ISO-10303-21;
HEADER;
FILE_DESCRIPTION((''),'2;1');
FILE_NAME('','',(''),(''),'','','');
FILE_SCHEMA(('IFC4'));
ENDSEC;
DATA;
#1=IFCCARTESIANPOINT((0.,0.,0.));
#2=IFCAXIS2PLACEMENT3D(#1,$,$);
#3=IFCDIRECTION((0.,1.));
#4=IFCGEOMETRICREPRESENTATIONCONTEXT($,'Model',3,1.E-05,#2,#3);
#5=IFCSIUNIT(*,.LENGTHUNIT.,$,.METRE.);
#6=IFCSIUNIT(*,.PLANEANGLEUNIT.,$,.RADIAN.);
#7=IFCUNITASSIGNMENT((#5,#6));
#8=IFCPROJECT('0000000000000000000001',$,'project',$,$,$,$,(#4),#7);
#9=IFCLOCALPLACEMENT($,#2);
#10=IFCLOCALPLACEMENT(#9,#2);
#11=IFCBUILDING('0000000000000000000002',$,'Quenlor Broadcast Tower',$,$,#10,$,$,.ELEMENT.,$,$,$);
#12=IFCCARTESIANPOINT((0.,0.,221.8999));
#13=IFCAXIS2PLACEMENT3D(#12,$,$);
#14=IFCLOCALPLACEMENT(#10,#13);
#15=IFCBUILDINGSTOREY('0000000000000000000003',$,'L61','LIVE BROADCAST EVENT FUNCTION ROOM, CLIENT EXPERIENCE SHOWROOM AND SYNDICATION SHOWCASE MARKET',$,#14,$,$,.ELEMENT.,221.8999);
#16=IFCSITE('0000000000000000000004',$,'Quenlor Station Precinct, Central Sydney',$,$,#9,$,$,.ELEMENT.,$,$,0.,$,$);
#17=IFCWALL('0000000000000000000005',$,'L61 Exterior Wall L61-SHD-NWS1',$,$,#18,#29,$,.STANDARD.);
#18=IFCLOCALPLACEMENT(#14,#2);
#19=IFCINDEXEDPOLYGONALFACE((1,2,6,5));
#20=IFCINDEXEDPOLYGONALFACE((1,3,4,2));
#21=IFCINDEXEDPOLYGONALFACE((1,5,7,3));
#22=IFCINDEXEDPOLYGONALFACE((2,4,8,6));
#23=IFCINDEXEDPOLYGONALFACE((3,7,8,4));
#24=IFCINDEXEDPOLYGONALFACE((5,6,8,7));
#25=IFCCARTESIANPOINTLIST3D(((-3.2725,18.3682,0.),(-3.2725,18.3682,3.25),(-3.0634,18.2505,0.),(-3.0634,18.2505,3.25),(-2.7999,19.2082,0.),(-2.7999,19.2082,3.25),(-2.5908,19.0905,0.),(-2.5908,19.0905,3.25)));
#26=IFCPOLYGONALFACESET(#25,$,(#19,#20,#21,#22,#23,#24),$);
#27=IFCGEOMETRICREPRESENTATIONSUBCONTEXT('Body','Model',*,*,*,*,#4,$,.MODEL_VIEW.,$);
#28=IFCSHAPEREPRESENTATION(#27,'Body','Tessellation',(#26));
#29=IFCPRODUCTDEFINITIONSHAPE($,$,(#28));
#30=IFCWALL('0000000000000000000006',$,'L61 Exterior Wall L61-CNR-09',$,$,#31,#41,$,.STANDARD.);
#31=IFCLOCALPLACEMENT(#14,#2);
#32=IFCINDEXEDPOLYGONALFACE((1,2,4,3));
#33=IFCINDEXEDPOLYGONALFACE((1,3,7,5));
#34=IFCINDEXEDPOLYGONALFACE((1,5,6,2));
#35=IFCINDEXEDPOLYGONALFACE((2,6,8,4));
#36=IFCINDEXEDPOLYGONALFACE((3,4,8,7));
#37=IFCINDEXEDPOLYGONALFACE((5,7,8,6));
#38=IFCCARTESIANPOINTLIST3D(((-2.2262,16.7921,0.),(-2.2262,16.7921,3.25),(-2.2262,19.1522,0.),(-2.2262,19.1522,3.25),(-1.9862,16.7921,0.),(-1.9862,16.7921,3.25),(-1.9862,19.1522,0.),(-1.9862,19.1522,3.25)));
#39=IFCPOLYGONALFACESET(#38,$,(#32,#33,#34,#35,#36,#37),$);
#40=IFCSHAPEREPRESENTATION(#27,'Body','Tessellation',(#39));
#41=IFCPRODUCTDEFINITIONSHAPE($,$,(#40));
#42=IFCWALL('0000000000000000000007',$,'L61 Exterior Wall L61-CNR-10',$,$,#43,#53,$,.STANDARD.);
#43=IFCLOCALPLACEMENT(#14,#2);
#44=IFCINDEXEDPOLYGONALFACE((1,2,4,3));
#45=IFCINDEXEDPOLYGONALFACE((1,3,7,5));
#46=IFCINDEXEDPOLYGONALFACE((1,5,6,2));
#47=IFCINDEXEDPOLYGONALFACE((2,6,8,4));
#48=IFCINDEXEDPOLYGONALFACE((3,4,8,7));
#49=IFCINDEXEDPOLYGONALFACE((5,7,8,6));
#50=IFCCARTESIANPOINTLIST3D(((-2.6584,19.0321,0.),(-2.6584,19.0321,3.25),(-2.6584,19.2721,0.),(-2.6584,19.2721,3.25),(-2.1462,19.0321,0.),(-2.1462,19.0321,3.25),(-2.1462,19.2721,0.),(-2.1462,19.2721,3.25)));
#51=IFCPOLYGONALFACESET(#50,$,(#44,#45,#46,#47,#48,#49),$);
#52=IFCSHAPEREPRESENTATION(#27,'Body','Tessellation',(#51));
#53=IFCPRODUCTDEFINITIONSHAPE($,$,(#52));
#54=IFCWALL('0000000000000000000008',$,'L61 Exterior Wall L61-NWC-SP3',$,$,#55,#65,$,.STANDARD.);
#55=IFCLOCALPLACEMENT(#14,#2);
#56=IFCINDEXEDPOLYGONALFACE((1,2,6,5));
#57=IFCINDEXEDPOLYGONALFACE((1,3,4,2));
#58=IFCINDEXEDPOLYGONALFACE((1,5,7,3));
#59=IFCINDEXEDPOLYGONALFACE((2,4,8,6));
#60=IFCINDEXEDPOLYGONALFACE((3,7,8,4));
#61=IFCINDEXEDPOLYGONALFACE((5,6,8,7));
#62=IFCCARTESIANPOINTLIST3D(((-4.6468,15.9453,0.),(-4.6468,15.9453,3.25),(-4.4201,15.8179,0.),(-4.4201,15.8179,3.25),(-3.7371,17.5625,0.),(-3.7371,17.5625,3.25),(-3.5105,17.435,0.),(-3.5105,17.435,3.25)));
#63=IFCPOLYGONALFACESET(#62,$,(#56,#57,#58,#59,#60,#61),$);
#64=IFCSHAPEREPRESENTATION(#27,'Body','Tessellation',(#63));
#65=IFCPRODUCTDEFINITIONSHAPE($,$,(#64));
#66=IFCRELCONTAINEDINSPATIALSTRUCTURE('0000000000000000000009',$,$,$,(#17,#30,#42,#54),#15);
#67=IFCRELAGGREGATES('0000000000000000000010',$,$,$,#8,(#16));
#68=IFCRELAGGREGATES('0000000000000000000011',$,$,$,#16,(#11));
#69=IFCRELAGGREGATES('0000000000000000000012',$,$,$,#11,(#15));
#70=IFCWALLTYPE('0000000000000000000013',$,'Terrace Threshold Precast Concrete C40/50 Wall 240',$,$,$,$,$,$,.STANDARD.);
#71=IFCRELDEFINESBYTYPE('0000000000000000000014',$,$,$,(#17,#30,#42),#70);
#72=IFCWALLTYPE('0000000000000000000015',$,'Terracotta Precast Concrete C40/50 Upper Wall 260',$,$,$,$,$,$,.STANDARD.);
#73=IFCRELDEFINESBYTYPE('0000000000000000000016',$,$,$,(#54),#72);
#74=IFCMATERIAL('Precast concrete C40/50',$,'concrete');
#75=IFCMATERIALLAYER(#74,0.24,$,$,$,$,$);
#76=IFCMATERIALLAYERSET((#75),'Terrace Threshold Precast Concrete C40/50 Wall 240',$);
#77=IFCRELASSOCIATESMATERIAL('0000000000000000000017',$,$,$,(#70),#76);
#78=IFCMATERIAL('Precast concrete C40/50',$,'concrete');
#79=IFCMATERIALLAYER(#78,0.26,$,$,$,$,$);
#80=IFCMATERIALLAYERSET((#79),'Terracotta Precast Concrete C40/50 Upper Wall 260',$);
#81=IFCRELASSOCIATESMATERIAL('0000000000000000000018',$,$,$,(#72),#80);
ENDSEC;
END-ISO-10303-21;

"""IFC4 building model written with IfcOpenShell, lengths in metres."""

from ifc_helpers import new_model, si_unit, direction, frame, frame_2d, origin, place, context, subcontext, project, spatial, rectangle, extrude, material, layer, layer_set, type_object, element, save


model = new_model("IFC4")

# Units and contexts
model_context = context("Model", 3, precision=1e-05, world=origin(), true_north=direction((0.0, 1.0)))
body_context = subcontext(model_context, "Body", "Model", "MODEL_VIEW")
ifc_project = project(units=[si_unit("LENGTHUNIT", "METRE"), si_unit("PLANEANGLEUNIT", "RADIAN")], contexts=[model_context])

# Site, building, storey
site_placement = place(None, origin())
site = spatial("IfcSite", under=ifc_project, at=site_placement, Name="Quenlor Station Precinct, Central Sydney", CompositionType="ELEMENT", RefElevation=0.0)
building_placement = place(site_placement, origin())
building = spatial("IfcBuilding", under=site, at=building_placement, Name="Quenlor Broadcast Tower", CompositionType="ELEMENT")
storey_placement = place(building_placement, frame((0.0, 0.0, 221.8999)))
storey = spatial("IfcBuildingStorey", under=building, at=storey_placement, Name="L61", Description="LIVE BROADCAST EVENT FUNCTION ROOM, CLIENT EXPERIENCE SHOWROOM AND SYNDICATION SHOWCASE MARKET", CompositionType="ELEMENT", Elevation=221.8999)

# Walls
ifc_material_1 = material(Name="Precast concrete C40/50", Category="concrete")
ifc_layer_1 = layer(ifc_material_1, 0.24)
ifc_layer_set_1 = layer_set([ifc_layer_1], Name="Terrace Threshold Precast Concrete C40/50 Wall 240")
wall_type_1 = type_object("IfcWallType", Name="Terrace Threshold Precast Concrete C40/50 Wall 240", PredefinedType="STANDARD", material=ifc_layer_set_1)
wall_1_placement = place(storey_placement, frame((-3.168, 18.3093, 0.0), z_axis=(0.0, 0.0, 1.0), x_axis=(0.490345, 0.871528, 0.0)))
element("IfcWall", 1, at=wall_1_placement, inside=storey, type_object=wall_type_1, Name="L61 Exterior Wall L61-SHD-NWS1", PredefinedType="STANDARD", context=body_context, shape_type="SweptSolid", body=[
    extrude(rectangle(XDim=0.9639, YDim=0.24, at=frame_2d((0.4819, 0.0))), origin(), (0.0, 0.0, 1.0), 3.25),
])
wall_2_placement = place(storey_placement, frame((-2.1062, 16.792, 0.0), z_axis=(0.0, 0.0, 1.0), x_axis=(0.0, 1.0, 0.0)))
element("IfcWall", 2, at=wall_2_placement, inside=storey, type_object=wall_type_1, Name="L61 Exterior Wall L61-CNR-09", PredefinedType="STANDARD", context=body_context, shape_type="SweptSolid", body=[
    extrude(rectangle(XDim=2.3601, YDim=0.24, at=frame_2d((1.1802, 0.0))), origin(), (0.0, 0.0, 1.0), 3.25),
])
wall_3_placement = place(storey_placement, frame((-2.1462, 19.1521, 0.0), z_axis=(0.0, 0.0, 1.0), x_axis=(-1.0, 0.0, 0.0)))
element("IfcWall", 3, at=wall_3_placement, inside=storey, type_object=wall_type_1, Name="L61 Exterior Wall L61-CNR-10", PredefinedType="STANDARD", context=body_context, shape_type="SweptSolid", body=[
    extrude(rectangle(XDim=0.5122, YDim=0.24, at=frame_2d((0.2561, 0.0))), origin(), (0.0, 0.0, 1.0), 3.25),
])
ifc_material_2 = material(Name="Precast concrete C40/50", Category="concrete")
ifc_layer_2 = layer(ifc_material_2, 0.26)
ifc_layer_set_2 = layer_set([ifc_layer_2], Name="Terracotta Precast Concrete C40/50 Upper Wall 260")
wall_type_2 = type_object("IfcWallType", Name="Terracotta Precast Concrete C40/50 Upper Wall 260", PredefinedType="STANDARD", material=ifc_layer_set_2)
wall_4_placement = place(storey_placement, frame((-4.5334, 15.8816, 0.0), z_axis=(0.0, 0.0, 1.0), x_axis=(0.490261, 0.871576, 0.0)))
element("IfcWall", 4, at=wall_4_placement, inside=storey, type_object=wall_type_2, Name="L61 Exterior Wall L61-NWC-SP3", PredefinedType="STANDARD", context=body_context, shape_type="SweptSolid", body=[
    extrude(rectangle(XDim=1.8555, YDim=0.26, at=frame_2d((0.9277, 0.0))), origin(), (0.0, 0.0, 1.0), 3.25),
])

save(model, "model.ifc")
